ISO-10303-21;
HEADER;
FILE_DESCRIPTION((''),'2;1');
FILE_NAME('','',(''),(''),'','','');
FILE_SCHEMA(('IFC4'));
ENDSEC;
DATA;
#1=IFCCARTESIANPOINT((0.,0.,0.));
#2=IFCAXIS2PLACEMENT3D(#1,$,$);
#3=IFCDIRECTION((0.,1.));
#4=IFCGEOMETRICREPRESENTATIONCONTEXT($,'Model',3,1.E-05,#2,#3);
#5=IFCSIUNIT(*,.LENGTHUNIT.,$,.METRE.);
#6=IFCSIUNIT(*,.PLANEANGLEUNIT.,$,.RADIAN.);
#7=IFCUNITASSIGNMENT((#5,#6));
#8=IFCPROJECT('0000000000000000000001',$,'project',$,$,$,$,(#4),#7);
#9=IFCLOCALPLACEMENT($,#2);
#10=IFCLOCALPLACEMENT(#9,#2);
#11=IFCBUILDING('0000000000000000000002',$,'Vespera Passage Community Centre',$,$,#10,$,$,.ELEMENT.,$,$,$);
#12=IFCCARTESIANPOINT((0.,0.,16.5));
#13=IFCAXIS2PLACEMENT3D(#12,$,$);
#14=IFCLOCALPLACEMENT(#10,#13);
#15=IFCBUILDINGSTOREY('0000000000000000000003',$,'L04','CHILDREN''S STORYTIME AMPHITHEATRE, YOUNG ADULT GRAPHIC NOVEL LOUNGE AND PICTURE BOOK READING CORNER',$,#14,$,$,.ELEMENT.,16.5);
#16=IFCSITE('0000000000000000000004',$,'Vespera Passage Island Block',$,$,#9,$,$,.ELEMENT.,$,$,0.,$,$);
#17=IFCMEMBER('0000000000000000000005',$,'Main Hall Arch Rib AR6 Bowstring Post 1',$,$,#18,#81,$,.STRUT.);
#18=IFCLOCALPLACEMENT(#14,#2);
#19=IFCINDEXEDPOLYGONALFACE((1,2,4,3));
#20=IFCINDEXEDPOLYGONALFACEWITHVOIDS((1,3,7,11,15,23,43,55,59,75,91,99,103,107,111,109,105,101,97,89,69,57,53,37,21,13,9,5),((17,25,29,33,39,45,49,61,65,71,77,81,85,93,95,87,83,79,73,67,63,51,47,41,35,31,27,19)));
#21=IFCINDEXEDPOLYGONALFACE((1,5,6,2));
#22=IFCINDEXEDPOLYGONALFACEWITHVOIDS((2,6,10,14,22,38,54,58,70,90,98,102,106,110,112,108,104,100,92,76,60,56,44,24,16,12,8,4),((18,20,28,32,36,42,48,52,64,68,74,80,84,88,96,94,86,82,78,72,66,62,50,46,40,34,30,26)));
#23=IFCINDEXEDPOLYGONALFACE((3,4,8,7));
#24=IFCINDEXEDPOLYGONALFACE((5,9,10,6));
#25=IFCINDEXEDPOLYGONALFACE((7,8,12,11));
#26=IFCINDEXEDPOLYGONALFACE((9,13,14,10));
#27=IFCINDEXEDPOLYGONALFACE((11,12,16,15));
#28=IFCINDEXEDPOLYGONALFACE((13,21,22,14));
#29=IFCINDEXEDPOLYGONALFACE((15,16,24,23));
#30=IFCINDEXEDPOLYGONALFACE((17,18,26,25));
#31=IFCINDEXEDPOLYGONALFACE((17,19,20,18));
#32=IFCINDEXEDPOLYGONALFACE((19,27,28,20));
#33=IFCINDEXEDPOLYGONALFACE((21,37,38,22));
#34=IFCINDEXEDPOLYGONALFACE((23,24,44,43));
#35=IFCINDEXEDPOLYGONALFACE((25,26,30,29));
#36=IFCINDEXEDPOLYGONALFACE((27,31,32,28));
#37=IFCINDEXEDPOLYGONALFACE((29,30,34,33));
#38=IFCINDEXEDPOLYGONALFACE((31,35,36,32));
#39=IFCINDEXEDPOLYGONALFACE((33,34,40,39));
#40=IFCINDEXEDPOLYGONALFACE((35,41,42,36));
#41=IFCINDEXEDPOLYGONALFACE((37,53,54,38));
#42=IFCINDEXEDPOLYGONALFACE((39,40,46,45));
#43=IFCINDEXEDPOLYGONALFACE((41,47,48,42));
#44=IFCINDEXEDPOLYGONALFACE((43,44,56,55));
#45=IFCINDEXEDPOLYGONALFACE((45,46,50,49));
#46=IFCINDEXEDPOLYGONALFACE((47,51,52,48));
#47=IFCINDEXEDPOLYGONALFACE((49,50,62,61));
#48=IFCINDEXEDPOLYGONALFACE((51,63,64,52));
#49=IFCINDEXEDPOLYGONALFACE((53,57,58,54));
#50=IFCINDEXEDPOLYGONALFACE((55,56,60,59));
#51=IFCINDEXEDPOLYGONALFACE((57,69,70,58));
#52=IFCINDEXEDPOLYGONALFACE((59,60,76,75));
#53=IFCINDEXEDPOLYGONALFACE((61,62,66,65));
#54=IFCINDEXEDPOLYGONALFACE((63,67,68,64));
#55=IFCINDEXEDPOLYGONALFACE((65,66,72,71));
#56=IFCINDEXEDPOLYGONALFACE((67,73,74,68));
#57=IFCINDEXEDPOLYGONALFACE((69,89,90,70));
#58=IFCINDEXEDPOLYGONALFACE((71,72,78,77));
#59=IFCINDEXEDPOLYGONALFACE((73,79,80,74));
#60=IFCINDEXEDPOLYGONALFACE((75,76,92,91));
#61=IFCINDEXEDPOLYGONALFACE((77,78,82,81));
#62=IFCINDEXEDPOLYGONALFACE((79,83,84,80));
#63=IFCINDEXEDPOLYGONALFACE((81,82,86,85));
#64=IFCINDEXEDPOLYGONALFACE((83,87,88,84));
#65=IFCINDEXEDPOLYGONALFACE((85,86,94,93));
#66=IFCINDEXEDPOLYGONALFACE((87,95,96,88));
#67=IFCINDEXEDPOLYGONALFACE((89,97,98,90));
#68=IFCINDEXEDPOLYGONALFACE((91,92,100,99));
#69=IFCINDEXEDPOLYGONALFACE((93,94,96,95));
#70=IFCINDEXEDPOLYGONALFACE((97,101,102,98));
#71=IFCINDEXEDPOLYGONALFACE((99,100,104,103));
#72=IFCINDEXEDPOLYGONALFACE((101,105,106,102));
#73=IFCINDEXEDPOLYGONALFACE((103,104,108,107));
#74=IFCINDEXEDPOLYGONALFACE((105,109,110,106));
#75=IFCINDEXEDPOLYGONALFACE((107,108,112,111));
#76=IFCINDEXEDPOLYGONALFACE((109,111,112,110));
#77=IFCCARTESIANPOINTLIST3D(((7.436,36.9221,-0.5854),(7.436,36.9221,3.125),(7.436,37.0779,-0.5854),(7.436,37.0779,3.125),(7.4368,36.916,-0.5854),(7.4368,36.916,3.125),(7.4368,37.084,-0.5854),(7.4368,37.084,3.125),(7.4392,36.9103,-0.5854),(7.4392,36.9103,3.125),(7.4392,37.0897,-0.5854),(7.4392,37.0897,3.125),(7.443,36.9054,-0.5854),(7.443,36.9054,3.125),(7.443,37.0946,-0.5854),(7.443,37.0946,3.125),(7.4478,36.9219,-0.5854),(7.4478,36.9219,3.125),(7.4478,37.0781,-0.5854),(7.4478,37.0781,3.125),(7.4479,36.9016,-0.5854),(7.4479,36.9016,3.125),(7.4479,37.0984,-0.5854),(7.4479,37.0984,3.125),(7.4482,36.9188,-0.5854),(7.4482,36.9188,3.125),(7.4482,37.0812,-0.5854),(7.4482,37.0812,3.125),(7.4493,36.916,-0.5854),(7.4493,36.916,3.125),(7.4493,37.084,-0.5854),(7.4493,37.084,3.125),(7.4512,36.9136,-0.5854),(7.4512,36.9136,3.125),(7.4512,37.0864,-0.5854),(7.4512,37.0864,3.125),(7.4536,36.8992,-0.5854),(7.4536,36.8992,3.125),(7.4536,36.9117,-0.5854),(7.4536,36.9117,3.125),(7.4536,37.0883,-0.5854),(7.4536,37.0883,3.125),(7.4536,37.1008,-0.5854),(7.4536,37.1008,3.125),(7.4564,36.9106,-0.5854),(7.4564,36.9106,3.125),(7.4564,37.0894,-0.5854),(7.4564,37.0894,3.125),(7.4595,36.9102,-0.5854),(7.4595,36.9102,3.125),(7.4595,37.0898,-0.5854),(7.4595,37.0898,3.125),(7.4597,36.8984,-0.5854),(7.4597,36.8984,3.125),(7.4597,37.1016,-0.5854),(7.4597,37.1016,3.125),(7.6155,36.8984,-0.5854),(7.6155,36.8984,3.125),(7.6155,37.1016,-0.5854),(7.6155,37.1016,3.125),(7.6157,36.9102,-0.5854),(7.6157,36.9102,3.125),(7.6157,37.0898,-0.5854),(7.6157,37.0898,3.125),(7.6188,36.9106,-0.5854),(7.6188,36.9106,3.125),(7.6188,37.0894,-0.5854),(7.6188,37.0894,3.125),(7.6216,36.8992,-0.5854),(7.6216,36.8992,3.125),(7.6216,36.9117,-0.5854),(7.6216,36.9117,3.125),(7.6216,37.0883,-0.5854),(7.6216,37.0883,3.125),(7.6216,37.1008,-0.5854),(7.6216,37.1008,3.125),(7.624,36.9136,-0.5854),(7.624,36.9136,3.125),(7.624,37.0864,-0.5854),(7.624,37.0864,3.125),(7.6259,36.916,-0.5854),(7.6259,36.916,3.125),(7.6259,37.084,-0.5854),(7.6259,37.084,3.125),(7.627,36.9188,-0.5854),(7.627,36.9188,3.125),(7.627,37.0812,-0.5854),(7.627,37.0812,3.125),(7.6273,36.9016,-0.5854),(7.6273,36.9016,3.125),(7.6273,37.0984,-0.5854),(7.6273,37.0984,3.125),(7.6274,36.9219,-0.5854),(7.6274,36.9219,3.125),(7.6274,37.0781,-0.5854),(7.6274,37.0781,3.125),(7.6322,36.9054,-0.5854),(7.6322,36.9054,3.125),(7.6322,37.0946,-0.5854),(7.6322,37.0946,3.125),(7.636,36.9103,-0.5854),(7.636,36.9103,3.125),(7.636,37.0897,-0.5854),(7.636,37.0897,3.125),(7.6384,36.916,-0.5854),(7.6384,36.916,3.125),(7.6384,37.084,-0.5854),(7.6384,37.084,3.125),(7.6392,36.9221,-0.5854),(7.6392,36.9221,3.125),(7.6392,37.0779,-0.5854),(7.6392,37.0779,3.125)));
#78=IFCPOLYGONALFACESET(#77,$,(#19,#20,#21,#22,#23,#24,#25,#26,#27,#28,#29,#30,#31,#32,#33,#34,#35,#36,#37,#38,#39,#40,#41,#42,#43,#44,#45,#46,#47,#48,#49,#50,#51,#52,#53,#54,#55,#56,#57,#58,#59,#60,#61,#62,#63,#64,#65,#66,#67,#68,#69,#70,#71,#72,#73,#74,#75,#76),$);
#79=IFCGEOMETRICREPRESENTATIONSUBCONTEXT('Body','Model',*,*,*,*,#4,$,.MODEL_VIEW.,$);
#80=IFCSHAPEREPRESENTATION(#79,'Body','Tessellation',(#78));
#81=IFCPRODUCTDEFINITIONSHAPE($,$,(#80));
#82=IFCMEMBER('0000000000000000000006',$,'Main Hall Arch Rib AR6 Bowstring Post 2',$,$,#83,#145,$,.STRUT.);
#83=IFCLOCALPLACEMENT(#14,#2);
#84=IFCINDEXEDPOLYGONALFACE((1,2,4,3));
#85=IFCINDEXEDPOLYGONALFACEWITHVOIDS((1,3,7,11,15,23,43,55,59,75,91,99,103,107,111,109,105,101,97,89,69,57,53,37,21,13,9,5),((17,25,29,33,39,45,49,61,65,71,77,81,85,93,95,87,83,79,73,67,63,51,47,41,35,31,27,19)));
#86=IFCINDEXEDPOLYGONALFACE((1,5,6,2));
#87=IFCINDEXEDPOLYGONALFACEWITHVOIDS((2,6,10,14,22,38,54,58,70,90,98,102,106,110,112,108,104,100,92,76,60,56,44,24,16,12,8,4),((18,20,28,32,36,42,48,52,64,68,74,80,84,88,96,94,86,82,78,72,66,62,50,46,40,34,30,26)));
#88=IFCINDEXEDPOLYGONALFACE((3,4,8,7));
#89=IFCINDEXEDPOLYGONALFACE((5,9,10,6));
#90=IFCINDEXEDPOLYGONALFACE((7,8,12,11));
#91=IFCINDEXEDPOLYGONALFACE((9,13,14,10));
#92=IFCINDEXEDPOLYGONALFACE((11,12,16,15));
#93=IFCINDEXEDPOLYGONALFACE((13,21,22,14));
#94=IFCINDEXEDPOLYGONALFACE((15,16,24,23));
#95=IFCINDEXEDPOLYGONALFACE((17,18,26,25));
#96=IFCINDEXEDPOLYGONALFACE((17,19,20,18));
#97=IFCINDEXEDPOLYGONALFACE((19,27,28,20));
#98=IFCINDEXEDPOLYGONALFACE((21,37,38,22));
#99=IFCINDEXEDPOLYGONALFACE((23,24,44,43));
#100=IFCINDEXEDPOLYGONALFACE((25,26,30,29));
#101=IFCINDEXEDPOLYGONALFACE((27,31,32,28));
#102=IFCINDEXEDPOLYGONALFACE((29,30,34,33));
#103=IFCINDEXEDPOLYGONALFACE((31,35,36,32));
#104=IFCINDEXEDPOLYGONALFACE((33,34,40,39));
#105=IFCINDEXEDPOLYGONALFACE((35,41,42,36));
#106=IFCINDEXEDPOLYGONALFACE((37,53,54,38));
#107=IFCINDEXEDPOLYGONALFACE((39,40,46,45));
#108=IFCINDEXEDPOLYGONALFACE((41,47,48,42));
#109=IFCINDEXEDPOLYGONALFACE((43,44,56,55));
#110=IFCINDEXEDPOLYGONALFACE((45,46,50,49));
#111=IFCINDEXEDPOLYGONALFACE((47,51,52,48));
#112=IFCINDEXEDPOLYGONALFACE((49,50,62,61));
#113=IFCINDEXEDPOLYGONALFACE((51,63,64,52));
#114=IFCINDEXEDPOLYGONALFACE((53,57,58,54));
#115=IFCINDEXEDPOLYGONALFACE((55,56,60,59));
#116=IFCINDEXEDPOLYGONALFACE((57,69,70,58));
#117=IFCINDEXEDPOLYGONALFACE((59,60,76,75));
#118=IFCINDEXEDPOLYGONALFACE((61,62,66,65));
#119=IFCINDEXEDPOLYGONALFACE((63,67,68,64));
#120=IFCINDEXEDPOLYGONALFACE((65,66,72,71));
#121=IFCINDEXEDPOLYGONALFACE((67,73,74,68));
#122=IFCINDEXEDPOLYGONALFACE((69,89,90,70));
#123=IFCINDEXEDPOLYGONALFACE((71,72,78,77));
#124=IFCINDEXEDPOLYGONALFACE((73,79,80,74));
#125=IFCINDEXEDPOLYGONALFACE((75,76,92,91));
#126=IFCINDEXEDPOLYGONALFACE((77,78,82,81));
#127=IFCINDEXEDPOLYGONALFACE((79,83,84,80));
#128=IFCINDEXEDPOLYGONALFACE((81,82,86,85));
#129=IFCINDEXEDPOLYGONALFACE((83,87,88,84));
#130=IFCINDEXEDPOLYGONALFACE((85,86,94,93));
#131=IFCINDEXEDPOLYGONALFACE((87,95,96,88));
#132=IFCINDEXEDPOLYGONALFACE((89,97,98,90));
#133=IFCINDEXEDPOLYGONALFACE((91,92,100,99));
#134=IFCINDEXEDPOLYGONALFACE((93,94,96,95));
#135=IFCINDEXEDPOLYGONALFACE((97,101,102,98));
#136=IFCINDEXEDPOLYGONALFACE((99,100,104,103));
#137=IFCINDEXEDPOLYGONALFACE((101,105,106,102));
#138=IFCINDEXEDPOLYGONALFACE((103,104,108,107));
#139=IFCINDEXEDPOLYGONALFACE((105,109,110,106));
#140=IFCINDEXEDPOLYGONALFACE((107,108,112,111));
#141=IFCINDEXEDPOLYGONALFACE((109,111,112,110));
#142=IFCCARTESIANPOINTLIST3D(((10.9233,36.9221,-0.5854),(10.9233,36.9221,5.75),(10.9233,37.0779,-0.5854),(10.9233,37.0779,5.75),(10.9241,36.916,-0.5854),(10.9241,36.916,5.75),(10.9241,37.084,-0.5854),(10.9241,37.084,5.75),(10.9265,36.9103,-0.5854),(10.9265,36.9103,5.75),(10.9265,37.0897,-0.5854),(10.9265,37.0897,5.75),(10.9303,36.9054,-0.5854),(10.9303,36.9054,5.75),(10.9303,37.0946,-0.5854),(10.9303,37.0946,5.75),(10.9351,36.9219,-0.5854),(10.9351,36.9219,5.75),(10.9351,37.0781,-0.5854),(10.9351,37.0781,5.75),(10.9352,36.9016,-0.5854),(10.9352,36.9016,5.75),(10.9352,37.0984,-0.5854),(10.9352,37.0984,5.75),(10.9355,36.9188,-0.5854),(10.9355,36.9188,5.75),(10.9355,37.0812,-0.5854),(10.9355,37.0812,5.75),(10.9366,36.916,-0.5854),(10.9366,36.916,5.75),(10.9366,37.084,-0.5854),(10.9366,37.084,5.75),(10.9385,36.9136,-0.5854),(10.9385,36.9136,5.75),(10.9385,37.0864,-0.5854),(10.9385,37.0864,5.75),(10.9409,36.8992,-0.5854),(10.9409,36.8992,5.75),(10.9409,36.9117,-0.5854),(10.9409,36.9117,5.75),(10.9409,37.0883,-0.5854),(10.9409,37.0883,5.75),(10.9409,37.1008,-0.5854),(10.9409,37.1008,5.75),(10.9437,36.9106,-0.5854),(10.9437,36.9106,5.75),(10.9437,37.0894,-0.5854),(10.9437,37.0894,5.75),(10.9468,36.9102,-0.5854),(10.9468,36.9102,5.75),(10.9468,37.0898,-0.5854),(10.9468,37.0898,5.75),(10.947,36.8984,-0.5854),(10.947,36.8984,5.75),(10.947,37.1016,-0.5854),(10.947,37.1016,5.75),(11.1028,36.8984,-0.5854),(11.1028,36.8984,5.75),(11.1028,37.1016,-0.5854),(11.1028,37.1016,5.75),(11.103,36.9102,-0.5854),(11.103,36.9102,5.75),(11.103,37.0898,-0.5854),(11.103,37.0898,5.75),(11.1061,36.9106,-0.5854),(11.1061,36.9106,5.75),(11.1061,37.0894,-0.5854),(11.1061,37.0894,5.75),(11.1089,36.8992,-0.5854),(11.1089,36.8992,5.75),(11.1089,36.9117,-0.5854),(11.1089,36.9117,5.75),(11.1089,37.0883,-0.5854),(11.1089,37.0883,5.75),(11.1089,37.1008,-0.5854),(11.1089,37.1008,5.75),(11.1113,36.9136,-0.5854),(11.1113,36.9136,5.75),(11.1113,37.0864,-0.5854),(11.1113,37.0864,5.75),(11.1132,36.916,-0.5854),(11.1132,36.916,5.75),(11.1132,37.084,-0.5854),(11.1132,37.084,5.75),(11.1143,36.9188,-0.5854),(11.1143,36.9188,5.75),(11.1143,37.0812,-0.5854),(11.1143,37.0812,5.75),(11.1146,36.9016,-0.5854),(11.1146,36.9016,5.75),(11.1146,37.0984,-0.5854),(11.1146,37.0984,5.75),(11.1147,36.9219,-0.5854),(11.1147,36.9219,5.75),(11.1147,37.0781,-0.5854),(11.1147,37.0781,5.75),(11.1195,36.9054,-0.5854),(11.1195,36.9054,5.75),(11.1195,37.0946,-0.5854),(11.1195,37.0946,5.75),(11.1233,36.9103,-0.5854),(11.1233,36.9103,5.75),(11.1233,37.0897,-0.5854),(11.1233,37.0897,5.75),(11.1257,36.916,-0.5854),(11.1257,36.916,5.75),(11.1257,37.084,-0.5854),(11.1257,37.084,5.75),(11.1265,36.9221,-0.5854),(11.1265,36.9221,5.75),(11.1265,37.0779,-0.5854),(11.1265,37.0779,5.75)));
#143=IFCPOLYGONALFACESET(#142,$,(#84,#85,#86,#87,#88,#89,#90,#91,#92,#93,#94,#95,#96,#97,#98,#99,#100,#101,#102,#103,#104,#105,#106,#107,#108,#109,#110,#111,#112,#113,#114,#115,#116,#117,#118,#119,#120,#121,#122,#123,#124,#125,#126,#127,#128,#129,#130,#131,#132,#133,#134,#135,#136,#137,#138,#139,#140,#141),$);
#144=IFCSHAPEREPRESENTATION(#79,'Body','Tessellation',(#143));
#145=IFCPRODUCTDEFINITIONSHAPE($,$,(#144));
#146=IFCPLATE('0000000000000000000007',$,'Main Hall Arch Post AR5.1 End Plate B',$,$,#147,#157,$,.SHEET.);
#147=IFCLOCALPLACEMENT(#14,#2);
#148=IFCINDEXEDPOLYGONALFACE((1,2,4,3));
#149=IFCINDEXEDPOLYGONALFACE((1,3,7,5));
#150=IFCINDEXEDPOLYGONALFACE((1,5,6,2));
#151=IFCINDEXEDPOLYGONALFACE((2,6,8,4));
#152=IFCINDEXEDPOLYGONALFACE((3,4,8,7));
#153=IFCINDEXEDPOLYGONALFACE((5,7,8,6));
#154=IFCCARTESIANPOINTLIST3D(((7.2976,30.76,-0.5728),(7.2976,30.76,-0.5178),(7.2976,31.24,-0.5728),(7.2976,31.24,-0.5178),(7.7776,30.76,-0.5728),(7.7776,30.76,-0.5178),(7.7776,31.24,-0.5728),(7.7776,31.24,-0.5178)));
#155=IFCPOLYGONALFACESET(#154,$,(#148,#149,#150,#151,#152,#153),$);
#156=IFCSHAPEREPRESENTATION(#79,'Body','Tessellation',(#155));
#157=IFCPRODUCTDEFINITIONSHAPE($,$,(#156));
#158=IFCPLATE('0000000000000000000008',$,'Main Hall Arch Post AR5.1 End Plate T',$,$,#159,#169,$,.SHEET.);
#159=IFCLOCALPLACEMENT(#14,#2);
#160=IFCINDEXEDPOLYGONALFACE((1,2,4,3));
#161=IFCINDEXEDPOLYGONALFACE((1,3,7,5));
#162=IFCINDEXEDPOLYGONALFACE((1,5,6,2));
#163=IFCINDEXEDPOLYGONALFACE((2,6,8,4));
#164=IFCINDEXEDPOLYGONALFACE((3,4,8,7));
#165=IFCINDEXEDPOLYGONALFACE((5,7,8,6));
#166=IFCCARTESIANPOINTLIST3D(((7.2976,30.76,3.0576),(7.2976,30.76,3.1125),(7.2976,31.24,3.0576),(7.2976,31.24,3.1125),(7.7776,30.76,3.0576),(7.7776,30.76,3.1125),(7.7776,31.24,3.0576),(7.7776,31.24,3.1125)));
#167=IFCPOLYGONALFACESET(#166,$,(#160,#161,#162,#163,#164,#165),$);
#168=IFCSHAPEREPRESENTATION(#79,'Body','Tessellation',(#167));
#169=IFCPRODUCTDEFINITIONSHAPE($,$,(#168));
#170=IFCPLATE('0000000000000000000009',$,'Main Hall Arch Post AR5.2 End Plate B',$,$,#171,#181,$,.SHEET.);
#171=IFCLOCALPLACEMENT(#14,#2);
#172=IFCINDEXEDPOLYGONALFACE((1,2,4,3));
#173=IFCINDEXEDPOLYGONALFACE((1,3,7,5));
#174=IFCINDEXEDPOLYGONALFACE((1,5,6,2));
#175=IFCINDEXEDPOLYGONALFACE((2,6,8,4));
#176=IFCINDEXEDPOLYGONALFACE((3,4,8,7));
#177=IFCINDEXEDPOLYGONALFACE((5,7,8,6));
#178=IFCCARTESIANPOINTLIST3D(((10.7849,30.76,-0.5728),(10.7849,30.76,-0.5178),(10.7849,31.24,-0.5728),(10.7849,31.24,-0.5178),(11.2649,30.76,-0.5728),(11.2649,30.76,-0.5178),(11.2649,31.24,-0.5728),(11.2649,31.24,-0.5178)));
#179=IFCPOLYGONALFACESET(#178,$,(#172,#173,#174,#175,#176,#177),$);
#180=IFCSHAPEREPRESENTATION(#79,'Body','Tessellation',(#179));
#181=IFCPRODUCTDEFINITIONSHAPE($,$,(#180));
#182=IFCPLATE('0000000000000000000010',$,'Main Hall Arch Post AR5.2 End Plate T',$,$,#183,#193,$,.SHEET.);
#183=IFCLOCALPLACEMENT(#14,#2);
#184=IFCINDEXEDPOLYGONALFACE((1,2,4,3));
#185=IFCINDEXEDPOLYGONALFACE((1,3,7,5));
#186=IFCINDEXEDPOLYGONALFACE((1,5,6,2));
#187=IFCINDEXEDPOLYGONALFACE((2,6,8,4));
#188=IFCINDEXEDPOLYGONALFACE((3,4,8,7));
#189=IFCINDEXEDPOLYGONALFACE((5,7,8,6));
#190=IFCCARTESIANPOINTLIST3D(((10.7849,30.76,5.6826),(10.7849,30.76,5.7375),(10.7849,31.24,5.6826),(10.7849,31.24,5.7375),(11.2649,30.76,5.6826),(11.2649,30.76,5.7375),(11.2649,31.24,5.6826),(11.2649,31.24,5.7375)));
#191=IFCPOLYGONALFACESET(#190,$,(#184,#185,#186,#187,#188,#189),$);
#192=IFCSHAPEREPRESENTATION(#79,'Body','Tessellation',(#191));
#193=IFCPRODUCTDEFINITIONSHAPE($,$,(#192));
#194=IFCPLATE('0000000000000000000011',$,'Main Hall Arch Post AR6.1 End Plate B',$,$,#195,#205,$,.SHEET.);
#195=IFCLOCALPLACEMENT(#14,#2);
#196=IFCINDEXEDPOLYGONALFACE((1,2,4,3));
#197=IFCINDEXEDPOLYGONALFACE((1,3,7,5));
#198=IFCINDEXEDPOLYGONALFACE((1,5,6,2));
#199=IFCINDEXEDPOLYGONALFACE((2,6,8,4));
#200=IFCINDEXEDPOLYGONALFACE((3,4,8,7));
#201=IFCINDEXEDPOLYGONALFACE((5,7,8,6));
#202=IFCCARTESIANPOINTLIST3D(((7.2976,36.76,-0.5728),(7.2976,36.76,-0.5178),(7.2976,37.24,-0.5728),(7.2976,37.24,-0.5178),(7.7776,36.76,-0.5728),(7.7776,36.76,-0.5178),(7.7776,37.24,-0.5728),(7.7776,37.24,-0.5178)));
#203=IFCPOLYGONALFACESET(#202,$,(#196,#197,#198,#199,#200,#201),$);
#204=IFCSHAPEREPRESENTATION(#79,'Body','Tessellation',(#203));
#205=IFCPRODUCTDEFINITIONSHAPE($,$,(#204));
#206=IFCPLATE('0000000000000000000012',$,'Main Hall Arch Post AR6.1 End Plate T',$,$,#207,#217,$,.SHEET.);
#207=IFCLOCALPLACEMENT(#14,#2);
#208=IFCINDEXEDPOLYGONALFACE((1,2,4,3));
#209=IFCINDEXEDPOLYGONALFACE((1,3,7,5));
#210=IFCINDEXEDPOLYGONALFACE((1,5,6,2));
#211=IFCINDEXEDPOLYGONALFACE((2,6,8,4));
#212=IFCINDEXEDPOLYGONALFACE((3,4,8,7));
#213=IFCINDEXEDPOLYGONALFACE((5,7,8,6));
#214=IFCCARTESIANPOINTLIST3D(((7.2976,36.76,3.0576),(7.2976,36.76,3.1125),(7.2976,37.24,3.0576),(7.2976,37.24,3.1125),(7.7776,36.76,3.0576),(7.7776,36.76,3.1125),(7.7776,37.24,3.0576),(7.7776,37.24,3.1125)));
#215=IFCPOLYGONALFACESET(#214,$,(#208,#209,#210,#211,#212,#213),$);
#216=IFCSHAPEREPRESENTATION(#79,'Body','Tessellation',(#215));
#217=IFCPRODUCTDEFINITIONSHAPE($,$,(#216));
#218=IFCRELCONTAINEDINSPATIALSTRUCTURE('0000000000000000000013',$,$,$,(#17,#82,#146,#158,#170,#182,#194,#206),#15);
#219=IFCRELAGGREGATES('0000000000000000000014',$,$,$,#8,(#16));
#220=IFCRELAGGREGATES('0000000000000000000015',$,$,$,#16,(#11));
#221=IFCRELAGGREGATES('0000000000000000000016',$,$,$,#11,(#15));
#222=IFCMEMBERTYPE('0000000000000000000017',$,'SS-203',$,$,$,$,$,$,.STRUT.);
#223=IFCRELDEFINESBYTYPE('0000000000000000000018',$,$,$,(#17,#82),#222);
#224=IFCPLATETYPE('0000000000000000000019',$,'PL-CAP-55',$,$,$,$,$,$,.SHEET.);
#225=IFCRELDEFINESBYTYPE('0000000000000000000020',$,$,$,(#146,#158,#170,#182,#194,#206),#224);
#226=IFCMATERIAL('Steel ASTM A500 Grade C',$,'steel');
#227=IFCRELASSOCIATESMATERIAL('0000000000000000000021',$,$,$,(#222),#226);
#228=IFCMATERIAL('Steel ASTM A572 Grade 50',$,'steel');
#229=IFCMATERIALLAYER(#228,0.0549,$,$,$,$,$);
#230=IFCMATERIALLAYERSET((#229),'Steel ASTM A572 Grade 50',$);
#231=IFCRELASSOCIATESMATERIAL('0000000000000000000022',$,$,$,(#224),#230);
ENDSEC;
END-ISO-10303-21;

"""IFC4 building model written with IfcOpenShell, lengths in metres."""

from ifc_helpers import new_model, si_unit, direction, frame, origin, origin_2d, place, context, subcontext, project, spatial, rectangle, hollow_rectangle, extrude, material, layer, layer_set, material_profile, profile_set, type_object, element, save


model = new_model("IFC4")

# Units and contexts
model_context = context("Model", 3, precision=1e-05, world=origin(), true_north=direction((0.0, 1.0)))
body_context = subcontext(model_context, "Body", "Model", "MODEL_VIEW")
ifc_project = project(units=[si_unit("LENGTHUNIT", "METRE"), si_unit("PLANEANGLEUNIT", "RADIAN")], contexts=[model_context])

# Site, building, storey
site_placement = place(None, origin())
site = spatial("IfcSite", under=ifc_project, at=site_placement, Name="Vespera Passage Island Block", CompositionType="ELEMENT", RefElevation=0.0)
building_placement = place(site_placement, origin())
building = spatial("IfcBuilding", under=site, at=building_placement, Name="Vespera Passage Community Centre", CompositionType="ELEMENT")
storey_placement = place(building_placement, frame((0.0, 0.0, 16.5)))
storey = spatial("IfcBuildingStorey", under=building, at=storey_placement, Name="L04", Description="CHILDREN'S STORYTIME AMPHITHEATRE, YOUNG ADULT GRAPHIC NOVEL LOUNGE AND PICTURE BOOK READING CORNER", CompositionType="ELEMENT", Elevation=16.5)

# Members
ifc_material_1 = material(Name="Steel ASTM A500 Grade C", Category="steel")
ifc_material_profile_1 = material_profile(ifc_material_1, hollow_rectangle(XDim=0.2031, YDim=0.2031, WallThickness=0.0117, InnerFilletRadius=0.0117, OuterFilletRadius=0.0237, at=origin_2d()), Name="HSS203X203X12.7")
ifc_profile_set_1 = profile_set([ifc_material_profile_1], Name="Steel ASTM A500 Grade C")
member_type_1 = type_object("IfcMemberType", Name="SS-203", PredefinedType="STRUT", material=ifc_profile_set_1)
member_1_placement = place(storey_placement, frame((7.5376, 37.0, -0.5854), z_axis=(0.0, 0.0, 1.0), x_axis=(1.0, 0.0, 0.0)))
element("IfcMember", 1, at=member_1_placement, inside=storey, type_object=member_type_1, Name="Main Hall Arch Rib AR6 Bowstring Post 1", PredefinedType="STRUT", context=body_context, shape_type="SweptSolid", body=[
    extrude(hollow_rectangle(XDim=0.2031, YDim=0.2031, WallThickness=0.0117, InnerFilletRadius=0.0117, OuterFilletRadius=0.0237, at=origin_2d()), origin(), (0.0, 0.0, 1.0), 3.7104),
])
member_2_placement = place(storey_placement, frame((11.0249, 37.0, -0.5854), z_axis=(0.0, 0.0, 1.0), x_axis=(1.0, 0.0, 0.0)))
element("IfcMember", 2, at=member_2_placement, inside=storey, type_object=member_type_1, Name="Main Hall Arch Rib AR6 Bowstring Post 2", PredefinedType="STRUT", context=body_context, shape_type="SweptSolid", body=[
    extrude(hollow_rectangle(XDim=0.2031, YDim=0.2031, WallThickness=0.0117, InnerFilletRadius=0.0117, OuterFilletRadius=0.0237, at=origin_2d()), origin(), (0.0, 0.0, 1.0), 6.3354),
])

# Plates
ifc_material_2 = material(Name="Steel ASTM A572 Grade 50", Category="steel")
ifc_layer_1 = layer(ifc_material_2, 0.0549)
ifc_layer_set_1 = layer_set([ifc_layer_1], Name="Steel ASTM A572 Grade 50")
plate_type = type_object("IfcPlateType", Name="PL-CAP-55", PredefinedType="SHEET", material=ifc_layer_set_1)
for number, where, z_axis, x_axis, name in (
    (3, (7.5376, 31.0, -0.5728), (0.0, 0.0, 1.0), (1.0, 0.0, 0.0), "Main Hall Arch Post AR5.1 End Plate B"),
    (4, (7.5376, 31.0, 3.0576), (0.0, 0.0, 1.0), (1.0, 0.0, 0.0), "Main Hall Arch Post AR5.1 End Plate T"),
    (5, (11.0249, 31.0, -0.5728), (0.0, 0.0, 1.0), (1.0, 0.0, 0.0), "Main Hall Arch Post AR5.2 End Plate B"),
    (6, (11.0249, 31.0, 5.6826), (0.0, 0.0, 1.0), (1.0, 0.0, 0.0), "Main Hall Arch Post AR5.2 End Plate T"),
    (7, (7.5376, 37.0, -0.5728), (0.0, 0.0, 1.0), (1.0, 0.0, 0.0), "Main Hall Arch Post AR6.1 End Plate B"),
    (8, (7.5376, 37.0, 3.0576), (0.0, 0.0, 1.0), (1.0, 0.0, 0.0), "Main Hall Arch Post AR6.1 End Plate T"),
):
    element("IfcPlate", number, at=place(storey_placement, frame(where, z_axis=z_axis, x_axis=x_axis)), inside=storey, type_object=plate_type, Name=name, PredefinedType="SHEET", context=body_context, shape_type="SweptSolid", body=[
        extrude(rectangle(XDim=0.48, YDim=0.48, at=origin_2d()), origin(), (0.0, 0.0, 1.0), 0.0549),
    ])

save(model, "model.ifc")
